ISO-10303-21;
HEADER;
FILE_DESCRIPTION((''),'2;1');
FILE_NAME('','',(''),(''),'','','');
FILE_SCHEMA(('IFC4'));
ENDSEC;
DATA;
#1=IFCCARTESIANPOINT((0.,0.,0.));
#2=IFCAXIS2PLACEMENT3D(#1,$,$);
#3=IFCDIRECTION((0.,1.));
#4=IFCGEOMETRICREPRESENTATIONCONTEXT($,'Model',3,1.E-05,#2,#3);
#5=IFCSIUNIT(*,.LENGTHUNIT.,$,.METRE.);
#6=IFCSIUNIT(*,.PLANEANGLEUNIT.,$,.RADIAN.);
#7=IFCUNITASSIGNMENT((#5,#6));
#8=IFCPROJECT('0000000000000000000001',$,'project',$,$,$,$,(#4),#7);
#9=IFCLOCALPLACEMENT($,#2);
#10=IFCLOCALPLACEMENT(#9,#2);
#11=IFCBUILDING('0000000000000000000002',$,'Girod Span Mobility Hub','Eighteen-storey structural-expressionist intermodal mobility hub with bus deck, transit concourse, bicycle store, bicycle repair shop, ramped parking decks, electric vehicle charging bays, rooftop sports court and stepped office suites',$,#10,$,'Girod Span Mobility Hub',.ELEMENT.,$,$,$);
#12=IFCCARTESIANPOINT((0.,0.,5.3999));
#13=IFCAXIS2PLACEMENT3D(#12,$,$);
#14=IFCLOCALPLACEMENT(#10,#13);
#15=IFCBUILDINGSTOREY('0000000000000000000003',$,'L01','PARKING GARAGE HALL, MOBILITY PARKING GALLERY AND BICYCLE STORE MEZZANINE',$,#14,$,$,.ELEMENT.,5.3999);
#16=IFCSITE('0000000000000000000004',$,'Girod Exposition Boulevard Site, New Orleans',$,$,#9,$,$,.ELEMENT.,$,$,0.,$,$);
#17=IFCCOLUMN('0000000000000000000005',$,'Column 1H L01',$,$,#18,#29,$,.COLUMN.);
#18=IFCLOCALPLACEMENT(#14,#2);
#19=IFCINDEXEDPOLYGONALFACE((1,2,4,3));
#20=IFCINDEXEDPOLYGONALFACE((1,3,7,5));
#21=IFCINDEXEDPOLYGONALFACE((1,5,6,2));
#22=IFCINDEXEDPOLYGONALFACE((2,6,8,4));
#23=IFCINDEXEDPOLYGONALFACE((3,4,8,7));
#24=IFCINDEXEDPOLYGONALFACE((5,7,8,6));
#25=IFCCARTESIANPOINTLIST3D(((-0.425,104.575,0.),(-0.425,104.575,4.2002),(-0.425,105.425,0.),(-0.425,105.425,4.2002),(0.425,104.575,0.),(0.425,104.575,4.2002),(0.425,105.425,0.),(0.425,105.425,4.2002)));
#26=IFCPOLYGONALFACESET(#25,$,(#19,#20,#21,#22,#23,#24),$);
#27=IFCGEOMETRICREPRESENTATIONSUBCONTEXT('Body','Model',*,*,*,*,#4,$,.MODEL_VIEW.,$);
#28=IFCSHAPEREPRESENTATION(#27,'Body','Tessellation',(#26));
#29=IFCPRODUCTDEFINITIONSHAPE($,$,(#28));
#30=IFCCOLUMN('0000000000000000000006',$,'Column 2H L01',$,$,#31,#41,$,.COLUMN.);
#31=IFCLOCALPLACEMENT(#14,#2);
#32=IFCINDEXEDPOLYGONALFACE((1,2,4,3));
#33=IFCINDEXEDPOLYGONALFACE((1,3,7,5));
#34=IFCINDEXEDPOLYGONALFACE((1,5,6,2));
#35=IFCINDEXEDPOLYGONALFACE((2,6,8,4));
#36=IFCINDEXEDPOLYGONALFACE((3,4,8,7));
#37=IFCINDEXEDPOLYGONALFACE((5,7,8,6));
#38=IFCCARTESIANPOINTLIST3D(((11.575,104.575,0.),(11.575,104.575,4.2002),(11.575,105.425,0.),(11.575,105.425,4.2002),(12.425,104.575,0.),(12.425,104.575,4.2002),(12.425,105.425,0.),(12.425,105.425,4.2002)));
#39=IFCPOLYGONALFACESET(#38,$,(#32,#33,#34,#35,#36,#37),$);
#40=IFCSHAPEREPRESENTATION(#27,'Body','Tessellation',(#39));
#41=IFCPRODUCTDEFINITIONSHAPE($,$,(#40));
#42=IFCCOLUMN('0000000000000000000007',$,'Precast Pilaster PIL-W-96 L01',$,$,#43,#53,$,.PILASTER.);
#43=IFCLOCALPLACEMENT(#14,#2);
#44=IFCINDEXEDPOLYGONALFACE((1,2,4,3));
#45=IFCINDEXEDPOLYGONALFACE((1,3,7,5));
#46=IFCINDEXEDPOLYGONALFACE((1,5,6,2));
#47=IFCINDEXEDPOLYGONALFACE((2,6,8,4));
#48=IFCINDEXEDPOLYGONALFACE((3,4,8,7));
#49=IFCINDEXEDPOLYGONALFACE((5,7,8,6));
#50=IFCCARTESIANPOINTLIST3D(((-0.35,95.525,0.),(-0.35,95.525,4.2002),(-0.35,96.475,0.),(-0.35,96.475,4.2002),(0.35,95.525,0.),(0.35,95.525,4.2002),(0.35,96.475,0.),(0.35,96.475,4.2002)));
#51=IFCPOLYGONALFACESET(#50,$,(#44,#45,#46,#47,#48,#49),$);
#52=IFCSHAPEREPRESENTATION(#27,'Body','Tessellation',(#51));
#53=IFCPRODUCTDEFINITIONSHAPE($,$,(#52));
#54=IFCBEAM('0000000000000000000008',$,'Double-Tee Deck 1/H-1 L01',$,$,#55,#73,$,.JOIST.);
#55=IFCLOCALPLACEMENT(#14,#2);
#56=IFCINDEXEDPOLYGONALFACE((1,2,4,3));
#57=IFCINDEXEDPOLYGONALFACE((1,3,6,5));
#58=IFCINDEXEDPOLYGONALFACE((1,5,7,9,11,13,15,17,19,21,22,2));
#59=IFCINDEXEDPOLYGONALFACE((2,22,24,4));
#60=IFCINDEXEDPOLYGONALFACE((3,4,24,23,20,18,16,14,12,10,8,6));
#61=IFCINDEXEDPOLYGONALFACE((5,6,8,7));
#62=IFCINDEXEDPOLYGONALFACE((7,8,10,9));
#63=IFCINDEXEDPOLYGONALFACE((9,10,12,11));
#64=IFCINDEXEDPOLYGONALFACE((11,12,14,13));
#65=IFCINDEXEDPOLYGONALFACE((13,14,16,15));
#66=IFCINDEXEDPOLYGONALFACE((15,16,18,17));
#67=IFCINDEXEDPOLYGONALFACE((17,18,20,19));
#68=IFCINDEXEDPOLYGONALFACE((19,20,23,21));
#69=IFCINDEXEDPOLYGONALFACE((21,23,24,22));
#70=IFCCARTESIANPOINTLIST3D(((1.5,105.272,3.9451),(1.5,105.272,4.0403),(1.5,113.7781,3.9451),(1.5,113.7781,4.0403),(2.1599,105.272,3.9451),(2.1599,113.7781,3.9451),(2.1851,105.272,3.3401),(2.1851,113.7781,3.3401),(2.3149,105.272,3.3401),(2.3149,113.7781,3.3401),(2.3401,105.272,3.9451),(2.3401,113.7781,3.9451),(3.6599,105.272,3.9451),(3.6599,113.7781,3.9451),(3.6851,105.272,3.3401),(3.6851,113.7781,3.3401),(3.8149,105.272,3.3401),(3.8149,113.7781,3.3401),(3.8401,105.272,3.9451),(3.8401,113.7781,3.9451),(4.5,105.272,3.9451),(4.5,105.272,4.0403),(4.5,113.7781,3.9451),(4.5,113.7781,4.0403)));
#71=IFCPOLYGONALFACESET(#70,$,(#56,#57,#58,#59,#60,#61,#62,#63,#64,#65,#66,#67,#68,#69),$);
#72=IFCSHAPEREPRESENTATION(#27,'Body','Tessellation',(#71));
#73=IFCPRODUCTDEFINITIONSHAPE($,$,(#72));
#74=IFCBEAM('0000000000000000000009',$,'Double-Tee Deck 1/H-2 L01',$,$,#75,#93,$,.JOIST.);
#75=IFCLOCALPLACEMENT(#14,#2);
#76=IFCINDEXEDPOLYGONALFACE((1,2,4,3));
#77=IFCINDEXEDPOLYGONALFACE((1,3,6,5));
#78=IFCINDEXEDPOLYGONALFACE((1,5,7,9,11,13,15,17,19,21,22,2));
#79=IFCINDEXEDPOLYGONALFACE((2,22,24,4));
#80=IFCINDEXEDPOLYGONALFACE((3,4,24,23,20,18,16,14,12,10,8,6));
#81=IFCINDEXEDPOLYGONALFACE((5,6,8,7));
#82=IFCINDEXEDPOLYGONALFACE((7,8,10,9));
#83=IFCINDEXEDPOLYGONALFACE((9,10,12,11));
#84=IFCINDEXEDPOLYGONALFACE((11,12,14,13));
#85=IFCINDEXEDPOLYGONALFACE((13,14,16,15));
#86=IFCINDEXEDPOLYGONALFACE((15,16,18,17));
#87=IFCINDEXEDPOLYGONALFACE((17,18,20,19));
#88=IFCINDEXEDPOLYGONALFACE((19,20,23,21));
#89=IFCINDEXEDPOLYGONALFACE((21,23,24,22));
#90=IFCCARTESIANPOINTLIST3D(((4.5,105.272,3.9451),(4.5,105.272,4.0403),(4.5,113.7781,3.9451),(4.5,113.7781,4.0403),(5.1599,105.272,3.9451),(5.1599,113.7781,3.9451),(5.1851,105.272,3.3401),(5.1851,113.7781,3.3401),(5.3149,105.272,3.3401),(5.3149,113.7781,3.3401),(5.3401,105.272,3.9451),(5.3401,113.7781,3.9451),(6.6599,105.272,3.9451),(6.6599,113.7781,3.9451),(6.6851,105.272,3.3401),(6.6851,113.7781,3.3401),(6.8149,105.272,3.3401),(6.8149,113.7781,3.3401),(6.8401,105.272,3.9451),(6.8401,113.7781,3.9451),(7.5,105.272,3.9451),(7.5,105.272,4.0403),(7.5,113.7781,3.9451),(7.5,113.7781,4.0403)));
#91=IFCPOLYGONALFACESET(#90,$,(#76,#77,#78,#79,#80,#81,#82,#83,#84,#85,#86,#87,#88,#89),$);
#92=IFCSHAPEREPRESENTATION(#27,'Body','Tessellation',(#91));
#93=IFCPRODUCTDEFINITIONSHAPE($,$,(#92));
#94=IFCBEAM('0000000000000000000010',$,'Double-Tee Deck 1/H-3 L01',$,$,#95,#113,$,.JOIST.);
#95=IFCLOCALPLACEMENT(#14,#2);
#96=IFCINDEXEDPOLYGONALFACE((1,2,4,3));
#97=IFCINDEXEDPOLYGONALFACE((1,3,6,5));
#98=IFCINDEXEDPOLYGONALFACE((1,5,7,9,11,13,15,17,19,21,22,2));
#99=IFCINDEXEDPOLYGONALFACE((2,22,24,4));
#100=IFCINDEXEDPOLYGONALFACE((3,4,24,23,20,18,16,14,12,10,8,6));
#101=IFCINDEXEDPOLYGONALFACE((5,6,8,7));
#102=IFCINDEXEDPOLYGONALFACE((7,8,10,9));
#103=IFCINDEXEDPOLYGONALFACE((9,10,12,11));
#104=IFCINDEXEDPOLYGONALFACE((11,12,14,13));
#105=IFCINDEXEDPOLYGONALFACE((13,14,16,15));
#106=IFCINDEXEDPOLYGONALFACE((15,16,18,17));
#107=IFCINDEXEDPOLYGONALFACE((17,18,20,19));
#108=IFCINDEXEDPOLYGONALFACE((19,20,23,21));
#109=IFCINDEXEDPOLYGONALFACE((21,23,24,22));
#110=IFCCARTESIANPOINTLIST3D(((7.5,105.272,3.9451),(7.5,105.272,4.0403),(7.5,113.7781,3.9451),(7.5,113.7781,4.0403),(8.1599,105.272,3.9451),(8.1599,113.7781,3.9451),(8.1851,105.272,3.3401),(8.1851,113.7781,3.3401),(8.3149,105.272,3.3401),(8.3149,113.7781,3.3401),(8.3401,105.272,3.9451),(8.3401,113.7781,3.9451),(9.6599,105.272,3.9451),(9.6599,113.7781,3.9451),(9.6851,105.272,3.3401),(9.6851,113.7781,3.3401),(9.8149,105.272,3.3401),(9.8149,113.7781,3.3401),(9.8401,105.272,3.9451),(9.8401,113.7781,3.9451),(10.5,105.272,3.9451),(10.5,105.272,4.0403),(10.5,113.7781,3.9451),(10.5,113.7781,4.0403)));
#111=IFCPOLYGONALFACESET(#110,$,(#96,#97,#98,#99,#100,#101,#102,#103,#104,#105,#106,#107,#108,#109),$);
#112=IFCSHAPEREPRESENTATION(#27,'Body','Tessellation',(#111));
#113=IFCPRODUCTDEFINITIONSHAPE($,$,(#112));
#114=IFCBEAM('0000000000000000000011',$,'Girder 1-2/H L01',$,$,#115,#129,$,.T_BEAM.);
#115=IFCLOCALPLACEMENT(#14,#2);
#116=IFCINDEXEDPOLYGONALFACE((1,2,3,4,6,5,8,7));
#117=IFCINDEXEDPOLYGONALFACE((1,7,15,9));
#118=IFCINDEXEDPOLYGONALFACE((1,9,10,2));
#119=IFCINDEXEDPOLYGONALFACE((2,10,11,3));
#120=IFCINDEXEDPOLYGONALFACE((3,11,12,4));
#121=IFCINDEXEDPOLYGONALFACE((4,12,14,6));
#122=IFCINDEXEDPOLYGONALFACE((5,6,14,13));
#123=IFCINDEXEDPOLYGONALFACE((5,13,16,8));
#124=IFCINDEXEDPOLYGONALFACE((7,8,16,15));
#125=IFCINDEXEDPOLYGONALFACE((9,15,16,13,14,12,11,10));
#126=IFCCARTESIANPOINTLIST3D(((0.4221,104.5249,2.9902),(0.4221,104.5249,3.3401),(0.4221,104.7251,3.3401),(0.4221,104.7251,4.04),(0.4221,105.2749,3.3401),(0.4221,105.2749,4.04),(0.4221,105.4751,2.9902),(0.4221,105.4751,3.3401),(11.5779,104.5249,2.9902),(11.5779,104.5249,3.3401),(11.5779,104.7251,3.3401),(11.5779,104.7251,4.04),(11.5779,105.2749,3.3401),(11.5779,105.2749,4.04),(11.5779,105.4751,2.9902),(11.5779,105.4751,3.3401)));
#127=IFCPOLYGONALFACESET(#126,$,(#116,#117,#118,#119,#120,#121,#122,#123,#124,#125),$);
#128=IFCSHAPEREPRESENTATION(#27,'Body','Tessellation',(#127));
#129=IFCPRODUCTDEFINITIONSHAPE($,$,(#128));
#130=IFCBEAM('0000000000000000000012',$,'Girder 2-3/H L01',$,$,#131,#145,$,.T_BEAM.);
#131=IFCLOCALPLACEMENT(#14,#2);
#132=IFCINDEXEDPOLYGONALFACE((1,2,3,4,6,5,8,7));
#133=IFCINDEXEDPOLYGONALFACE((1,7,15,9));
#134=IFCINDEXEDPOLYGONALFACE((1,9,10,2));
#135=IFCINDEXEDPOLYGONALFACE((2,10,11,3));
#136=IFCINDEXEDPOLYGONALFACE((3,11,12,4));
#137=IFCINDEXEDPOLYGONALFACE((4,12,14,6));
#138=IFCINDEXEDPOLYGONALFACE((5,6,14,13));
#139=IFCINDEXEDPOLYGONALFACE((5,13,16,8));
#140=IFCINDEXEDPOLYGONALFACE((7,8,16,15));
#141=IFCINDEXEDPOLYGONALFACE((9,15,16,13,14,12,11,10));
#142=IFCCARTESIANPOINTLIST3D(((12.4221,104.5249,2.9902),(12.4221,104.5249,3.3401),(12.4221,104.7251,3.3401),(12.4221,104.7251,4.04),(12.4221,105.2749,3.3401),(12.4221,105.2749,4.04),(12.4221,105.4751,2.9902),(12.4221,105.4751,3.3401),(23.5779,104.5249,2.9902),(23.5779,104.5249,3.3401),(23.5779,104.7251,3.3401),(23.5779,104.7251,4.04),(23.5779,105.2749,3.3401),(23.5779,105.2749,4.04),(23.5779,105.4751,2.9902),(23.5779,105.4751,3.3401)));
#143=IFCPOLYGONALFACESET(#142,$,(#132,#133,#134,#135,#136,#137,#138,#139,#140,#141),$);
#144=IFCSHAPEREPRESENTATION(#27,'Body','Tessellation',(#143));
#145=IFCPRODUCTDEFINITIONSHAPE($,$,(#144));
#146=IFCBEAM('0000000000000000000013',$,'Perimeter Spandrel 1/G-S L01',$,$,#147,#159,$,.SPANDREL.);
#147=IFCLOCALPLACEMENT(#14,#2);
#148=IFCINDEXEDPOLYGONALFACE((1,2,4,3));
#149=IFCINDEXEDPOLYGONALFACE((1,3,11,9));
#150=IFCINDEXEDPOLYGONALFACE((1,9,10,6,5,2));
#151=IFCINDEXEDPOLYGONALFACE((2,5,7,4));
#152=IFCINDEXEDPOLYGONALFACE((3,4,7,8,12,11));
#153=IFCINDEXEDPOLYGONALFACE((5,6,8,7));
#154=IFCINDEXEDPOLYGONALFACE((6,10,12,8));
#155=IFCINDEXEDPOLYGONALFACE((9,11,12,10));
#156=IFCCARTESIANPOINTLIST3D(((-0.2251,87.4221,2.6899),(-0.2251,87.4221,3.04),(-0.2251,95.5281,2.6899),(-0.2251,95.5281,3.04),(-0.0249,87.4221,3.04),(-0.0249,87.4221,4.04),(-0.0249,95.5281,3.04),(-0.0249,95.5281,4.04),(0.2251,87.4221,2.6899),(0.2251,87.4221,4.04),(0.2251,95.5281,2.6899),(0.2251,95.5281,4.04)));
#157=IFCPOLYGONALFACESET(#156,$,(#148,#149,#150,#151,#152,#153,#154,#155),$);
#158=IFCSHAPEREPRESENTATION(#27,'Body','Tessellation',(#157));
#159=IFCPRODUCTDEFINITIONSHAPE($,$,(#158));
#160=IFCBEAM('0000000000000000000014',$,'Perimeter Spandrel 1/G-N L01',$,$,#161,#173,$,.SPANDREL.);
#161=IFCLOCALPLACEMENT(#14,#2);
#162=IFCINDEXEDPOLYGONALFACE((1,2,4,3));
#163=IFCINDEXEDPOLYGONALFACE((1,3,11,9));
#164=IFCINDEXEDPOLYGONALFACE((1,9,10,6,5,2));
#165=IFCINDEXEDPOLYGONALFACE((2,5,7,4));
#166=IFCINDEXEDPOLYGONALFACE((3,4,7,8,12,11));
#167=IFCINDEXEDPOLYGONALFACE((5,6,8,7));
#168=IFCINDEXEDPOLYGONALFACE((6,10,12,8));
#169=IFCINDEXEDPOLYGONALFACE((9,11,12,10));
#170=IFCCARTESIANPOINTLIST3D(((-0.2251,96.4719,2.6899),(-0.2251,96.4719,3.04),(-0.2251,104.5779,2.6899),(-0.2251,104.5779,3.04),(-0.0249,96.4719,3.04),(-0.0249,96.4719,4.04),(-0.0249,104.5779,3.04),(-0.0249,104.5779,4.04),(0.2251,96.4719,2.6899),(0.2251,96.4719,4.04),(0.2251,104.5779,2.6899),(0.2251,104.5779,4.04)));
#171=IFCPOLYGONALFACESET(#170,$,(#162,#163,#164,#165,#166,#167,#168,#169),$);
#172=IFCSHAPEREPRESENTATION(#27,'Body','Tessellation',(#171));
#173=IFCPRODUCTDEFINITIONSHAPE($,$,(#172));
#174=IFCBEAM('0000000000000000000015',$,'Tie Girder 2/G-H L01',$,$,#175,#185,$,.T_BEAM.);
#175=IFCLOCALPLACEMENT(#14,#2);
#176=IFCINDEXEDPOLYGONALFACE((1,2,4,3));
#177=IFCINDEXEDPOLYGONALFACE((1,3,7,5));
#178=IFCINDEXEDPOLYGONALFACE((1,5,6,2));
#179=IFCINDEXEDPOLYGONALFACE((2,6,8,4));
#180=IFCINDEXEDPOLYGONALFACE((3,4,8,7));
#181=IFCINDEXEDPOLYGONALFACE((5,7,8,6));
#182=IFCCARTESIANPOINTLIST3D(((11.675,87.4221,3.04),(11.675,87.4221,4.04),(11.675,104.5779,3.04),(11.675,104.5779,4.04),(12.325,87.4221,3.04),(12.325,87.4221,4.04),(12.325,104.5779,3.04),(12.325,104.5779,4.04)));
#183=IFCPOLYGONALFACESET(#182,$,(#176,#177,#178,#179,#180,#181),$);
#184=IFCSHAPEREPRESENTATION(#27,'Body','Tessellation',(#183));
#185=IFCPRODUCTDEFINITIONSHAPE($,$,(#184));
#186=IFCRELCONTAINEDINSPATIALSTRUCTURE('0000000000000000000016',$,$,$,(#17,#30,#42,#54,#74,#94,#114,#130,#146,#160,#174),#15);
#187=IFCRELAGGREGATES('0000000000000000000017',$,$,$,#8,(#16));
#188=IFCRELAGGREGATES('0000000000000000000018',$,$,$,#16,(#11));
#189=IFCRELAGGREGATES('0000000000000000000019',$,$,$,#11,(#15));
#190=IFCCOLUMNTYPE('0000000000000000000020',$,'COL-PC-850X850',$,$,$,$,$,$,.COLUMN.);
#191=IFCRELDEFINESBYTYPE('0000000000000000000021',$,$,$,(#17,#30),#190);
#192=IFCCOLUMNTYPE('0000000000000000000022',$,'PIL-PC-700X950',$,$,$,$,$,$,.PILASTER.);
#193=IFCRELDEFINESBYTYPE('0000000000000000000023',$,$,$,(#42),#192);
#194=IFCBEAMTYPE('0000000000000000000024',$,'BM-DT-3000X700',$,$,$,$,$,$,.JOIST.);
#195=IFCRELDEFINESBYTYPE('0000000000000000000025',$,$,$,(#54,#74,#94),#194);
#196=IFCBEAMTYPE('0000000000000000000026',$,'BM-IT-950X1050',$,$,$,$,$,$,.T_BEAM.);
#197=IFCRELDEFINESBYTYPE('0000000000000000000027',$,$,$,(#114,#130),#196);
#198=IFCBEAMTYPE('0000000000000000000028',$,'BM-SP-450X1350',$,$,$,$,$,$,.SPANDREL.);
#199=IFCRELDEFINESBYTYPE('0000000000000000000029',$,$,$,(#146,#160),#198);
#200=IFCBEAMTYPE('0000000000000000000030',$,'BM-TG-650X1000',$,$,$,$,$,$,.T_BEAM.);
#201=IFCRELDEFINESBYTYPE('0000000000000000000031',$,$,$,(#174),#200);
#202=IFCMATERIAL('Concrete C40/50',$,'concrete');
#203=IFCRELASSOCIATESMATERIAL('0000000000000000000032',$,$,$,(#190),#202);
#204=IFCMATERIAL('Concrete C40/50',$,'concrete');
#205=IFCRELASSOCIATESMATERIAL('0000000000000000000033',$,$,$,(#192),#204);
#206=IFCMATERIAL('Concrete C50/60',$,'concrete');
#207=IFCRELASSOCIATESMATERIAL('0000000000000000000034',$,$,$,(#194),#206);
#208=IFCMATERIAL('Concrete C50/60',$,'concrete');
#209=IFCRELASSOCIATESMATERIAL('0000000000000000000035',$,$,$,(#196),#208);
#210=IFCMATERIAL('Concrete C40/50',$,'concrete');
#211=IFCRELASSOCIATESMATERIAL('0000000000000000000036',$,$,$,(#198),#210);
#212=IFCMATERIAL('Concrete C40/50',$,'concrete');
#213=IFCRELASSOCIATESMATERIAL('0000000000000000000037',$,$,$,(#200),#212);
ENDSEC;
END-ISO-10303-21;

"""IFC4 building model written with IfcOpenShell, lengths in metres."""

from ifc_helpers import new_model, si_unit, direction, frame, origin, origin_2d, place, context, subcontext, project, spatial, polyline, rectangle, outline, extrude, material, material_profile, profile_set, type_object, element, save


model = new_model("IFC4")

# Units and contexts
model_context = context("Model", 3, precision=1e-05, world=origin(), true_north=direction((0.0, 1.0)))
body_context = subcontext(model_context, "Body", "Model", "MODEL_VIEW")
ifc_project = project(units=[si_unit("LENGTHUNIT", "METRE"), si_unit("PLANEANGLEUNIT", "RADIAN")], contexts=[model_context])

# Site, building, storey
site_placement = place(None, origin())
site = spatial("IfcSite", under=ifc_project, at=site_placement, Name="Girod Exposition Boulevard Site, New Orleans", CompositionType="ELEMENT", RefElevation=0.0)
building_placement = place(site_placement, origin())
building = spatial("IfcBuilding", under=site, at=building_placement, Name="Girod Span Mobility Hub", Description="Eighteen-storey structural-expressionist intermodal mobility hub with bus deck, transit concourse, bicycle store, bicycle repair shop, ramped parking decks, electric vehicle charging bays, rooftop sports court and stepped office suites", LongName="Girod Span Mobility Hub", CompositionType="ELEMENT")
storey_placement = place(building_placement, frame((0.0, 0.0, 5.3999)))
storey = spatial("IfcBuildingStorey", under=building, at=storey_placement, Name="L01", Description="PARKING GARAGE HALL, MOBILITY PARKING GALLERY AND BICYCLE STORE MEZZANINE", CompositionType="ELEMENT", Elevation=5.3999)

# Columns
ifc_material_1 = material(Name="Concrete C40/50", Category="concrete")
ifc_material_profile_1 = material_profile(ifc_material_1, rectangle(XDim=0.8501, YDim=0.8501, at=origin_2d()), Name="PC-COL-850X850")
ifc_profile_set_1 = profile_set([ifc_material_profile_1], Name="Concrete C40/50")
column_type_1 = type_object("IfcColumnType", Name="COL-PC-850X850", PredefinedType="COLUMN", material=ifc_profile_set_1)
for number, where, z_axis, x_axis, name in (
    (1, (0.0, 105.0, 0.0), (0.0, 0.0, 1.0), (1.0, 0.0, 0.0), "Column 1H L01"),
    (2, (12.0, 105.0, 0.0), (0.0, 0.0, 1.0), (1.0, 0.0, 0.0), "Column 2H L01"),
):
    element("IfcColumn", number, at=place(storey_placement, frame(where, z_axis=z_axis, x_axis=x_axis)), inside=storey, type_object=column_type_1, Name=name, PredefinedType="COLUMN", context=body_context, shape_type="SweptSolid", body=[
        extrude(rectangle(XDim=0.8501, YDim=0.8501, at=origin_2d()), origin(), (0.0, 0.0, 1.0), 4.2002),
    ])
ifc_material_2 = material(Name="Concrete C40/50", Category="concrete")
ifc_material_profile_2 = material_profile(ifc_material_2, rectangle(XDim=0.7, YDim=0.95, at=origin_2d()), Name="PC-PIL-700X950")
ifc_profile_set_2 = profile_set([ifc_material_profile_2], Name="Concrete C40/50")
column_type_2 = type_object("IfcColumnType", Name="PIL-PC-700X950", PredefinedType="PILASTER", material=ifc_profile_set_2)
column_placement = place(storey_placement, frame((0.0, 96.0, 0.0), z_axis=(0.0, 0.0, 1.0), x_axis=(1.0, 0.0, 0.0)))
element("IfcColumn", 3, at=column_placement, inside=storey, type_object=column_type_2, Name="Precast Pilaster PIL-W-96 L01", PredefinedType="PILASTER", context=body_context, shape_type="SweptSolid", body=[
    extrude(rectangle(XDim=0.7, YDim=0.95, at=origin_2d()), origin(), (0.0, 0.0, 1.0), 4.2002),
])

# Beams
ifc_material_3 = material(Name="Concrete C50/60", Category="concrete")
ifc_material_profile_3 = material_profile(ifc_material_3, outline(polyline([(-1.5, 0.3501), (-1.5, 0.2549), (-0.8401, 0.2549), (-0.8149, -0.3501), (-0.6851, -0.3501), (-0.6599, 0.2549), (0.6599, 0.2549), (0.6851, -0.3501), (0.8149, -0.3501), (0.8401, 0.2549), (1.5, 0.2549), (1.5, 0.3501), (-1.5, 0.3501)])), Name="DT-3000X700")
ifc_profile_set_3 = profile_set([ifc_material_profile_3], Name="Concrete C50/60")
beam_type_1 = type_object("IfcBeamType", Name="BM-DT-3000X700", PredefinedType="JOIST", material=ifc_profile_set_3)
for number, where, z_axis, x_axis, name in (
    (4, (3.0, 105.272, 3.6902), (0.0, 1.0, 0.0), (-1.0, 0.0, 0.0), "Double-Tee Deck 1/H-1 L01"),
    (5, (6.0, 105.272, 3.6902), (0.0, 1.0, 0.0), (-1.0, 0.0, 0.0), "Double-Tee Deck 1/H-2 L01"),
    (6, (9.0, 105.272, 3.6902), (0.0, 1.0, 0.0), (-1.0, 0.0, 0.0), "Double-Tee Deck 1/H-3 L01"),
):
    element("IfcBeam", number, at=place(storey_placement, frame(where, z_axis=z_axis, x_axis=x_axis)), inside=storey, type_object=beam_type_1, Name=name, PredefinedType="JOIST", context=body_context, shape_type="SweptSolid", body=[
        extrude(outline(polyline([(-1.5, 0.3501), (-1.5, 0.2549), (-0.8401, 0.2549), (-0.8149, -0.3501), (-0.6851, -0.3501), (-0.6599, 0.2549), (0.6599, 0.2549), (0.6851, -0.3501), (0.8149, -0.3501), (0.8401, 0.2549), (1.5, 0.2549), (1.5, 0.3501), (-1.5, 0.3501)])), origin(), (0.0, 0.0, 1.0), 8.5061),
    ])
ifc_material_4 = material(Name="Concrete C50/60", Category="concrete")
ifc_material_profile_4 = material_profile(ifc_material_4, outline(polyline([(-0.4751, -0.5249), (0.4751, -0.5249), (0.4751, -0.175), (0.2749, -0.175), (0.2749, 0.5249), (-0.2749, 0.5249), (-0.2749, -0.175), (-0.4751, -0.175), (-0.4751, -0.5249)])), Name="IT-950X1050")
ifc_profile_set_4 = profile_set([ifc_material_profile_4], Name="Concrete C50/60")
beam_type_2 = type_object("IfcBeamType", Name="BM-IT-950X1050", PredefinedType="T_BEAM", material=ifc_profile_set_4)
for number, where, z_axis, x_axis, name in (
    (7, (0.4221, 105.0, 3.5151), (1.0, 0.0, 0.0), (0.0, 1.0, 0.0), "Girder 1-2/H L01"),
    (8, (12.4221, 105.0, 3.5151), (1.0, 0.0, 0.0), (0.0, 1.0, 0.0), "Girder 2-3/H L01"),
):
    element("IfcBeam", number, at=place(storey_placement, frame(where, z_axis=z_axis, x_axis=x_axis)), inside=storey, type_object=beam_type_2, Name=name, PredefinedType="T_BEAM", context=body_context, shape_type="SweptSolid", body=[
        extrude(outline(polyline([(-0.4751, -0.5249), (0.4751, -0.5249), (0.4751, -0.175), (0.2749, -0.175), (0.2749, 0.5249), (-0.2749, 0.5249), (-0.2749, -0.175), (-0.4751, -0.175), (-0.4751, -0.5249)])), origin(), (0.0, 0.0, 1.0), 11.1558),
    ])
ifc_material_5 = material(Name="Concrete C40/50", Category="concrete")
ifc_material_profile_5 = material_profile(ifc_material_5, outline(polyline([(-0.2251, -0.675), (0.2251, -0.675), (0.2251, -0.325), (0.0249, -0.325), (0.0249, 0.675), (-0.2251, 0.675), (-0.2251, -0.675)])), Name="SP-450X1350")
ifc_profile_set_5 = profile_set([ifc_material_profile_5], Name="Concrete C40/50")
beam_type_3 = type_object("IfcBeamType", Name="BM-SP-450X1350", PredefinedType="SPANDREL", material=ifc_profile_set_5)
for number, where, z_axis, x_axis, name in (
    (9, (0.0, 87.4221, 3.365), (0.0, 1.0, 0.0), (-1.0, 0.0, 0.0), "Perimeter Spandrel 1/G-S L01"),
    (10, (0.0, 96.4719, 3.365), (0.0, 1.0, 0.0), (-1.0, 0.0, 0.0), "Perimeter Spandrel 1/G-N L01"),
):
    element("IfcBeam", number, at=place(storey_placement, frame(where, z_axis=z_axis, x_axis=x_axis)), inside=storey, type_object=beam_type_3, Name=name, PredefinedType="SPANDREL", context=body_context, shape_type="SweptSolid", body=[
        extrude(outline(polyline([(-0.2251, -0.675), (0.2251, -0.675), (0.2251, -0.325), (0.0249, -0.325), (0.0249, 0.675), (-0.2251, 0.675), (-0.2251, -0.675)])), origin(), (0.0, 0.0, 1.0), 8.106),
    ])
ifc_material_6 = material(Name="Concrete C40/50", Category="concrete")
ifc_material_profile_6 = material_profile(ifc_material_6, rectangle(XDim=0.6499, YDim=1.0, at=origin_2d()), Name="TG-650X1000")
ifc_profile_set_6 = profile_set([ifc_material_profile_6], Name="Concrete C40/50")
beam_type_4 = type_object("IfcBeamType", Name="BM-TG-650X1000", PredefinedType="T_BEAM", material=ifc_profile_set_6)
beam_placement = place(storey_placement, frame((12.0, 87.4221, 3.54), z_axis=(0.0, 1.0, 0.0), x_axis=(-1.0, 0.0, 0.0)))
element("IfcBeam", 11, at=beam_placement, inside=storey, type_object=beam_type_4, Name="Tie Girder 2/G-H L01", PredefinedType="T_BEAM", context=body_context, shape_type="SweptSolid", body=[
    extrude(rectangle(XDim=0.6499, YDim=1.0, at=origin_2d()), origin(), (0.0, 0.0, 1.0), 17.1558),
])

save(model, "model.ifc")
